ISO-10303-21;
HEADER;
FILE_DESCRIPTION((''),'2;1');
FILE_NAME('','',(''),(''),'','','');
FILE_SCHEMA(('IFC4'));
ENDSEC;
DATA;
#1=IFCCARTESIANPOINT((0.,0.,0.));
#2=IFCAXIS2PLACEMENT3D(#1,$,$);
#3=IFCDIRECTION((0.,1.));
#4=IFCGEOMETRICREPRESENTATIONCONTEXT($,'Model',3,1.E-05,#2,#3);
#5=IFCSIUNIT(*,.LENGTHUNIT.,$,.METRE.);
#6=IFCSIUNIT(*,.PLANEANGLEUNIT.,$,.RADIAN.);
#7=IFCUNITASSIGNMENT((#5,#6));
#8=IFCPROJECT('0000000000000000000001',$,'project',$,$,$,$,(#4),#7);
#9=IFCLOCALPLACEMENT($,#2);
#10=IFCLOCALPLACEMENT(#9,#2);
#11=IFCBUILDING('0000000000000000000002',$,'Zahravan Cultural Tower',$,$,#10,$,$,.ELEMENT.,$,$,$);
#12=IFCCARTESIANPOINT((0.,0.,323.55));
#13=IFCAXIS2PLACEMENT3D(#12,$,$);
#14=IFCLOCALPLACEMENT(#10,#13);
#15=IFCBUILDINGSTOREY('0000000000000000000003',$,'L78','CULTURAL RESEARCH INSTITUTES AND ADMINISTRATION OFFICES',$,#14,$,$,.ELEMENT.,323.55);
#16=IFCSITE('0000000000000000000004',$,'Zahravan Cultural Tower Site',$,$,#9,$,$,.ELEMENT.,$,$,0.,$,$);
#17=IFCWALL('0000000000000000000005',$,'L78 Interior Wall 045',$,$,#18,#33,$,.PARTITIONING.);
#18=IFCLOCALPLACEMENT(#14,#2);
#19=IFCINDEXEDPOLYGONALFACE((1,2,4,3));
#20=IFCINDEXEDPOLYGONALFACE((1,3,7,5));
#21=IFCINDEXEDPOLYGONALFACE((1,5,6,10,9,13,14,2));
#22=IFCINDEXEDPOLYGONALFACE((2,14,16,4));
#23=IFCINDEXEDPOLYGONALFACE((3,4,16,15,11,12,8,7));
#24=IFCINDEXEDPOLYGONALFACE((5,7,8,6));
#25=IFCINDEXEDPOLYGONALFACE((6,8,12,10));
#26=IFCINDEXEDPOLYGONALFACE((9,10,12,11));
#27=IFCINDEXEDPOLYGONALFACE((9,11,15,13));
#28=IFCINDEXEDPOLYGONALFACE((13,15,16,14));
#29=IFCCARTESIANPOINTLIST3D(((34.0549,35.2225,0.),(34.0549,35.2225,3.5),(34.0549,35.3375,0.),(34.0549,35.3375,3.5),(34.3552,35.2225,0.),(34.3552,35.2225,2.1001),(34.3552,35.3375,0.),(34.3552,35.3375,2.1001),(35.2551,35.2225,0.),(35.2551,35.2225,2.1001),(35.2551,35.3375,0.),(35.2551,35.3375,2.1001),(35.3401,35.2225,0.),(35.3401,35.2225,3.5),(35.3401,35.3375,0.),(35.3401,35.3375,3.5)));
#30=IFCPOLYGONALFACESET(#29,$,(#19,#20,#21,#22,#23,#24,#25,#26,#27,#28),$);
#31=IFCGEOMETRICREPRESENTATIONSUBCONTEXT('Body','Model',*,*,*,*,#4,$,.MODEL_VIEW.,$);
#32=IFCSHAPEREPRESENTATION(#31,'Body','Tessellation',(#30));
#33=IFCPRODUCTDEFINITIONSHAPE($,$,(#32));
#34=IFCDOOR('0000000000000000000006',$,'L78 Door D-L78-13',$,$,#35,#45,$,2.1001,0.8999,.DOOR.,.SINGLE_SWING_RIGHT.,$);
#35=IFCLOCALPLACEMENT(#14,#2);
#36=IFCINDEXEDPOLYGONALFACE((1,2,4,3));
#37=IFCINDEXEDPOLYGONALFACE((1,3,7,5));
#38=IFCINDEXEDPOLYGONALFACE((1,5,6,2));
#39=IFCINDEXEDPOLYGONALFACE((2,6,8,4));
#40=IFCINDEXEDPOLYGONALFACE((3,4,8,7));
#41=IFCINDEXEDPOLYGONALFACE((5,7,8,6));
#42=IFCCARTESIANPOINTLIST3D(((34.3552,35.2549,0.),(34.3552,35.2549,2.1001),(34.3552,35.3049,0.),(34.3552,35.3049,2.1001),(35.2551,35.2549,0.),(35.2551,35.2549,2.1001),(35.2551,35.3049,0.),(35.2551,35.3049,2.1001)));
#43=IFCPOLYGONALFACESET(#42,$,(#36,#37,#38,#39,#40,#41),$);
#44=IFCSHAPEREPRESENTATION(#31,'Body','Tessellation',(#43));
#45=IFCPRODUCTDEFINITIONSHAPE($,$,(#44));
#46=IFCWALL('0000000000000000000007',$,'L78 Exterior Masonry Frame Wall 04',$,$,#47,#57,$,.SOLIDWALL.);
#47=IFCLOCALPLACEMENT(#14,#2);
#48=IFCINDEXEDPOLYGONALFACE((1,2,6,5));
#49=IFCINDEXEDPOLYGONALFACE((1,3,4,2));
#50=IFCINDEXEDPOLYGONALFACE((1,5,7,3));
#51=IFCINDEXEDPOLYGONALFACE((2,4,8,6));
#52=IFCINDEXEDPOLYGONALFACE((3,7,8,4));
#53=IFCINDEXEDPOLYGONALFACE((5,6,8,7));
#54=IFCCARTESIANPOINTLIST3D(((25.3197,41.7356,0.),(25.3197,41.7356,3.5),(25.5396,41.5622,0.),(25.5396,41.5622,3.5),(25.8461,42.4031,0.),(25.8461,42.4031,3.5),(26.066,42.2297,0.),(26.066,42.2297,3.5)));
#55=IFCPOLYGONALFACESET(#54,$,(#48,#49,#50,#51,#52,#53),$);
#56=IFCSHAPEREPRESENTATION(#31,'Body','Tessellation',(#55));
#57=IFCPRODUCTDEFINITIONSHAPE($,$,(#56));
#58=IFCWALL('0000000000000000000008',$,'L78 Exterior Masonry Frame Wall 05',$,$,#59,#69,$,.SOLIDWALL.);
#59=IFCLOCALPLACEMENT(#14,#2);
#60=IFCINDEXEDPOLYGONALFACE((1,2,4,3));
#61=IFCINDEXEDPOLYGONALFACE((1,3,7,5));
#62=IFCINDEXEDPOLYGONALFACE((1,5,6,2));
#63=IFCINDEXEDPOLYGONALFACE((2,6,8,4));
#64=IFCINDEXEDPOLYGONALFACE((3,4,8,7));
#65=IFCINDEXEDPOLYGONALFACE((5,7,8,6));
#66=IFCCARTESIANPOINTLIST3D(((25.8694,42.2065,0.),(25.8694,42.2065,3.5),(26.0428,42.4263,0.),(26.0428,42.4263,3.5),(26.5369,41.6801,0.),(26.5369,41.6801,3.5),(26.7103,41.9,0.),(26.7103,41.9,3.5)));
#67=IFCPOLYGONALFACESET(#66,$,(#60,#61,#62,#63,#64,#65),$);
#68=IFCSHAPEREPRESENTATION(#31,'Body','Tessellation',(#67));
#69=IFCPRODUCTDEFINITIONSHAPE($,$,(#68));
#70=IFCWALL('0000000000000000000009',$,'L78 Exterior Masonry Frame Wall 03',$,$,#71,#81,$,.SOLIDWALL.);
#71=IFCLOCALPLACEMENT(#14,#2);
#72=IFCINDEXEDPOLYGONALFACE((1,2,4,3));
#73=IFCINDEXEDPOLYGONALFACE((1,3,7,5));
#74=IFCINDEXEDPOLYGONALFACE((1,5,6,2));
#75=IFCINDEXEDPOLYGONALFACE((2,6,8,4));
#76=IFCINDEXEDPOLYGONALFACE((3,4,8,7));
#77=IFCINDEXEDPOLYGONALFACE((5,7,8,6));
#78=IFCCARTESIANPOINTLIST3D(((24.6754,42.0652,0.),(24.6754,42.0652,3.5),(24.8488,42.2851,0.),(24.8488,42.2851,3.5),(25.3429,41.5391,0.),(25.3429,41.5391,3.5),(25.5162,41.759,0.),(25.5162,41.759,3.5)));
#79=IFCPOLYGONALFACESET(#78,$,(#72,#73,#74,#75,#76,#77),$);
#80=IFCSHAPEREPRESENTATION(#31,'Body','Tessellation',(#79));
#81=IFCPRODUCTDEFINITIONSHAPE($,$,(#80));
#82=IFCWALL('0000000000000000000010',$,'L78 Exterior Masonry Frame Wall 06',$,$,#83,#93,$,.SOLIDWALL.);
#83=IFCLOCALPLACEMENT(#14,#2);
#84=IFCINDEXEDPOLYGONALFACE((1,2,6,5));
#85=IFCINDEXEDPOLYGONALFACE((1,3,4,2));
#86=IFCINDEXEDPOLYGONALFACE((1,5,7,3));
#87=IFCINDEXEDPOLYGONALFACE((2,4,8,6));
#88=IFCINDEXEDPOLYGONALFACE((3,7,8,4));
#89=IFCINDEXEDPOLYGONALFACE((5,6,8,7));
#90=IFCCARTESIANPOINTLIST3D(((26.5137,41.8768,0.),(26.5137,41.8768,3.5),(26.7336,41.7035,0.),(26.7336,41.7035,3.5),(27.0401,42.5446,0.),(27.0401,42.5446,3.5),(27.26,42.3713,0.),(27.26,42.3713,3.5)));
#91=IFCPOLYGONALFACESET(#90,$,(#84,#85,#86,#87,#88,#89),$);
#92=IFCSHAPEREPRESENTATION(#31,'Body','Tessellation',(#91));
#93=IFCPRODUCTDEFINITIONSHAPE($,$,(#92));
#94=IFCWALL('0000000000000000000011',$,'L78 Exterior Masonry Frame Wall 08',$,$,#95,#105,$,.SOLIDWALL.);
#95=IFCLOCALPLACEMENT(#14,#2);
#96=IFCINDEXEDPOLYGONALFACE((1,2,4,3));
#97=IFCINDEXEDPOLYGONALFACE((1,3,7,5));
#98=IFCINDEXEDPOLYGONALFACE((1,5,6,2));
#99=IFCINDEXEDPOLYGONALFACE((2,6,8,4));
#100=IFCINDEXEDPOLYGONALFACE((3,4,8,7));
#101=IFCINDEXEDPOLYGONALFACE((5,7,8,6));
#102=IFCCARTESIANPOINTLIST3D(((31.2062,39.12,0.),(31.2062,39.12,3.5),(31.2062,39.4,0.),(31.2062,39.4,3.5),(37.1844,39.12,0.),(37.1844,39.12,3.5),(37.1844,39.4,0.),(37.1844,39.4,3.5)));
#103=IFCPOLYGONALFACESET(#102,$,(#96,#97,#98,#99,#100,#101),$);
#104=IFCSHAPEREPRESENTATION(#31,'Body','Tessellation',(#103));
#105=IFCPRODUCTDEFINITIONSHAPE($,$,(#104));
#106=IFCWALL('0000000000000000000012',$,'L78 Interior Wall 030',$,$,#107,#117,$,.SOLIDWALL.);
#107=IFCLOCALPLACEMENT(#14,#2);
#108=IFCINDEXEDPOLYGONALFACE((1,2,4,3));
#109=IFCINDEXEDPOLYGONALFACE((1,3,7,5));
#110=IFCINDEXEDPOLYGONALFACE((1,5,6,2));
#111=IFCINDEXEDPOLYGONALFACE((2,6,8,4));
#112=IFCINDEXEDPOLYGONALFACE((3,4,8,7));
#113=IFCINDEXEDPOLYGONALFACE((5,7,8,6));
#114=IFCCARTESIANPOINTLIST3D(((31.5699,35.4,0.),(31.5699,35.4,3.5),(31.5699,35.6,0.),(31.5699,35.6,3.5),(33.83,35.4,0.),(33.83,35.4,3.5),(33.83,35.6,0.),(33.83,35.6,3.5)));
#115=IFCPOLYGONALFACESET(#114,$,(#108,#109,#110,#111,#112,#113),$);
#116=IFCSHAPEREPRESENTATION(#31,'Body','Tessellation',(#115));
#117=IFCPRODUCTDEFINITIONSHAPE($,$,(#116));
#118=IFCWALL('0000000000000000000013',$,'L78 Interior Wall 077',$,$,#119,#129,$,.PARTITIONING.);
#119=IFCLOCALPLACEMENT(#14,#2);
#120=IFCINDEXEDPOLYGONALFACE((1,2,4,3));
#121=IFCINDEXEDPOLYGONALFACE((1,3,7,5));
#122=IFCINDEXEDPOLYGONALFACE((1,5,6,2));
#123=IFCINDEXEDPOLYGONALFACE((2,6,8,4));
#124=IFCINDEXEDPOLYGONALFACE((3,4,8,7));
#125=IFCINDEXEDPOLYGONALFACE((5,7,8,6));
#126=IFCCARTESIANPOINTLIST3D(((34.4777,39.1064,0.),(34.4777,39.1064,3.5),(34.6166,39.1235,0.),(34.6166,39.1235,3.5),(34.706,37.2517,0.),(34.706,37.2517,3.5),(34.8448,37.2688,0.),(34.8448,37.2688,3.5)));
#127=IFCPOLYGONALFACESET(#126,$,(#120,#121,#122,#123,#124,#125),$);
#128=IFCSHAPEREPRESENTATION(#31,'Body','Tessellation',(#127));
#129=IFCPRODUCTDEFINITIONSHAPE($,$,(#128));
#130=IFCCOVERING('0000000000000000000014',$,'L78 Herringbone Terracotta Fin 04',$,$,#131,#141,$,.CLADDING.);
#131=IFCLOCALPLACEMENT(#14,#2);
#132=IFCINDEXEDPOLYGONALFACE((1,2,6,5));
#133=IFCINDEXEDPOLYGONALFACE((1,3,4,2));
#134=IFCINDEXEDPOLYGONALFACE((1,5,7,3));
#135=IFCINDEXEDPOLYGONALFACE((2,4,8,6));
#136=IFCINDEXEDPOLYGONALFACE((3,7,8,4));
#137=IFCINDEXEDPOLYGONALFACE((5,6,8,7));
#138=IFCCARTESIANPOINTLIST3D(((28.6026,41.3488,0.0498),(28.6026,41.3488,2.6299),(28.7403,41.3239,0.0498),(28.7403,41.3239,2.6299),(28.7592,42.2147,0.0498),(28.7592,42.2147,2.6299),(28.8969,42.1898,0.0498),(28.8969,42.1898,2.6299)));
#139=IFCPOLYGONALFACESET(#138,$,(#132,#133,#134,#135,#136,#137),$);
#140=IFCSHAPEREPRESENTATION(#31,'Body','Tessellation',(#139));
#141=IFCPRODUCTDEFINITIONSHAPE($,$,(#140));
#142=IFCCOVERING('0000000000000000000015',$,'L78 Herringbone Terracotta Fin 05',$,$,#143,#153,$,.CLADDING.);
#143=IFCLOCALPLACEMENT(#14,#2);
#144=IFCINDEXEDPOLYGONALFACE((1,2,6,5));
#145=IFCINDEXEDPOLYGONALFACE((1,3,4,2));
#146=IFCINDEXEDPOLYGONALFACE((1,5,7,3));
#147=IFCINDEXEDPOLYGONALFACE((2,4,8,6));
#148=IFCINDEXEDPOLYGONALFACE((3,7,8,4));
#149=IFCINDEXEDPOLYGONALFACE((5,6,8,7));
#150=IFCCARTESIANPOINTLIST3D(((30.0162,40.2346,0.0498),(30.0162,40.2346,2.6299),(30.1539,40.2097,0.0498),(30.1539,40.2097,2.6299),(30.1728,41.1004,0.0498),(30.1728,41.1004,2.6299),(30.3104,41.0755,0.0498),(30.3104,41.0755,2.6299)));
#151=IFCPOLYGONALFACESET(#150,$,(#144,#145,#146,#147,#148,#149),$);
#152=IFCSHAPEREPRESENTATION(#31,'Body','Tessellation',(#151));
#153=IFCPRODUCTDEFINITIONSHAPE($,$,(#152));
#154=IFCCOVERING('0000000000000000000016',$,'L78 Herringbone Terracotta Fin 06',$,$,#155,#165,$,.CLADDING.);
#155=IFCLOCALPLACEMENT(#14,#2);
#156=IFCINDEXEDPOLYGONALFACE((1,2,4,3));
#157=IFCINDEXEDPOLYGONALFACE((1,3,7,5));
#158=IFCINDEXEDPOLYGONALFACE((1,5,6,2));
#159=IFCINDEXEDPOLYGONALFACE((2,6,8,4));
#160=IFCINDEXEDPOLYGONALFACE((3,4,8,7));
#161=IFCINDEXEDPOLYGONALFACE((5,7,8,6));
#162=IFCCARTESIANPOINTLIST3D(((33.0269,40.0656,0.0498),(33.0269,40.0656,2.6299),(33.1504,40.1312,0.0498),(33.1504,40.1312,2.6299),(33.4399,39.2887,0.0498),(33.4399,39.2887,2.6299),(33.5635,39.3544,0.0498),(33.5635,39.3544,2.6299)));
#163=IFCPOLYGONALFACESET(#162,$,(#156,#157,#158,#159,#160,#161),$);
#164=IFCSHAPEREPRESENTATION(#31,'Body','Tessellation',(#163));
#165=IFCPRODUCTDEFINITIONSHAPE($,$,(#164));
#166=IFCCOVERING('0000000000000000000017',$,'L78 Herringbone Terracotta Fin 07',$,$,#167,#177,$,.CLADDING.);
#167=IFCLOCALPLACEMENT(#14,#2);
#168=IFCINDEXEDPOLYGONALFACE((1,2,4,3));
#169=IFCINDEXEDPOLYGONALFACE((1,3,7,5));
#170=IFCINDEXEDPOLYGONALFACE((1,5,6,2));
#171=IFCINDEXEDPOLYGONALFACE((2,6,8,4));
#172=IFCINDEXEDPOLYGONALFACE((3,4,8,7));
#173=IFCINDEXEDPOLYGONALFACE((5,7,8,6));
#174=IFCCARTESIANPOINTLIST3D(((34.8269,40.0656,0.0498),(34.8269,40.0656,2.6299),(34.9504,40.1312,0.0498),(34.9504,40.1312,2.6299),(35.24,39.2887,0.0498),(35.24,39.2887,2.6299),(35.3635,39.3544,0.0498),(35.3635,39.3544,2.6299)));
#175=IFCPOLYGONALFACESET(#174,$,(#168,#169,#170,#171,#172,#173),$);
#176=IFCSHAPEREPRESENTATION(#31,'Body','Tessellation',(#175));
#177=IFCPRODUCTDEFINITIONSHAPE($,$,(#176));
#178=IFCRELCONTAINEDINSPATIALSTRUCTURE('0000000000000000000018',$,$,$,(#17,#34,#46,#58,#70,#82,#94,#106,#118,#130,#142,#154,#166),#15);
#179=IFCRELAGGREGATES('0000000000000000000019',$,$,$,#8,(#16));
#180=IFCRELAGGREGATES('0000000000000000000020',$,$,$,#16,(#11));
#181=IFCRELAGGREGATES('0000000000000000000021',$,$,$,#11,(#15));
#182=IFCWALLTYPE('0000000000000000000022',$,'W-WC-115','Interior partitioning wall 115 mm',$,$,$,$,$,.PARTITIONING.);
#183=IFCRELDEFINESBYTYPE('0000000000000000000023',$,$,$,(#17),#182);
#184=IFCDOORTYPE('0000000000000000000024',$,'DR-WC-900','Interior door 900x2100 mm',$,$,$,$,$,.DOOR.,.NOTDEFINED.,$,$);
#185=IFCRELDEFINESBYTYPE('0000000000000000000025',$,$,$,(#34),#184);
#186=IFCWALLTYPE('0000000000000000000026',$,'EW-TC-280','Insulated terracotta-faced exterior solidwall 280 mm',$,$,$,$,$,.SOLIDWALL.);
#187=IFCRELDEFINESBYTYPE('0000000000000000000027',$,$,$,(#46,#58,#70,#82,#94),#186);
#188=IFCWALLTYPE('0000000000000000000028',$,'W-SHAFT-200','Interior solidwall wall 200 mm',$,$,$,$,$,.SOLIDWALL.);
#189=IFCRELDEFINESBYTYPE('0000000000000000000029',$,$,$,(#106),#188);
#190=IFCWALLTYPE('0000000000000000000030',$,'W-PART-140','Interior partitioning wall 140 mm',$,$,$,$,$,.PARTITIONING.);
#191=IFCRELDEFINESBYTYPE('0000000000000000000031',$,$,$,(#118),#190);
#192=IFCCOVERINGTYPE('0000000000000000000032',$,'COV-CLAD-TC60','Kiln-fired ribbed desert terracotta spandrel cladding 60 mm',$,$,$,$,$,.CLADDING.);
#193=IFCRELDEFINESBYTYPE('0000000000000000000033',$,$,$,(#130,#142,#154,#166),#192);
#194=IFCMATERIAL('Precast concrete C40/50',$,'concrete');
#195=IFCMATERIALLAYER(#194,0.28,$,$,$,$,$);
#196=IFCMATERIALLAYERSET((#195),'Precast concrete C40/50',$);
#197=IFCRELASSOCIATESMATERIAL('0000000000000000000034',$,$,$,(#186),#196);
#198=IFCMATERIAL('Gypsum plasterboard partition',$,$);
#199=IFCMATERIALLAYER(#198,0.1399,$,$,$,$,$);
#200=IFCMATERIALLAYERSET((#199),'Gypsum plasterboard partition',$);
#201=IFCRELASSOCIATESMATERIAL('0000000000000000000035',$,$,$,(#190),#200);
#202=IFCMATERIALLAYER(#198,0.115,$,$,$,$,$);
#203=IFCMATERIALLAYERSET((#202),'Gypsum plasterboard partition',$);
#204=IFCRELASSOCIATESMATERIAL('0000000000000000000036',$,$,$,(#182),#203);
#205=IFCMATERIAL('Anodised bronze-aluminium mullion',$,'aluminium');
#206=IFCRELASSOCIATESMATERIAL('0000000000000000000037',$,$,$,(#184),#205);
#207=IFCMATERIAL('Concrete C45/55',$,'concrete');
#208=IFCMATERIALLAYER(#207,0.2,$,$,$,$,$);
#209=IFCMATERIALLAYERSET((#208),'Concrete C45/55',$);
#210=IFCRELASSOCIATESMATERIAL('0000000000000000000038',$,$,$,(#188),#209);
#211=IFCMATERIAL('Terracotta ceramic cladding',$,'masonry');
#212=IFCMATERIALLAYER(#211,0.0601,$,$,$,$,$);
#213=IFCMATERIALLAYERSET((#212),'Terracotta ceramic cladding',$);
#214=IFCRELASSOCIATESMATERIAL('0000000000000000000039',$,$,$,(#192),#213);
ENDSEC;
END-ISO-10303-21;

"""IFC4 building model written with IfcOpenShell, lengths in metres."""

from ifc_helpers import new_model, si_unit, direction, frame, frame_2d, origin, origin_2d, place, context, subcontext, project, spatial, rectangle, extrude, source, transform, mapped, material, layer, layer_set, type_object, element, fill, save


model = new_model("IFC4")

# Units and contexts
model_context = context("Model", 3, precision=1e-05, world=origin(), true_north=direction((0.0, 1.0)))
body_context = subcontext(model_context, "Body", "Model", "MODEL_VIEW")
ifc_project = project(units=[si_unit("LENGTHUNIT", "METRE"), si_unit("PLANEANGLEUNIT", "RADIAN")], contexts=[model_context])

# Site, building, storey
site_placement = place(None, origin())
site = spatial("IfcSite", under=ifc_project, at=site_placement, Name="Zahravan Cultural Tower Site", CompositionType="ELEMENT", RefElevation=0.0)
building_placement = place(site_placement, origin())
building = spatial("IfcBuilding", under=site, at=building_placement, Name="Zahravan Cultural Tower", CompositionType="ELEMENT")
storey_placement = place(building_placement, frame((0.0, 0.0, 323.55)))
storey = spatial("IfcBuildingStorey", under=building, at=storey_placement, Name="L78", Description="CULTURAL RESEARCH INSTITUTES AND ADMINISTRATION OFFICES", CompositionType="ELEMENT", Elevation=323.55)

# Shared definitions
ifc_material_1 = material(Name="Precast concrete C40/50", Category="concrete")
ifc_layer_1 = layer(ifc_material_1, 0.28)
ifc_layer_set_1 = layer_set([ifc_layer_1], Name="Precast concrete C40/50")
wall_type_1 = type_object("IfcWallType", Name="EW-TC-280", Description="Insulated terracotta-faced exterior solidwall 280 mm", PredefinedType="SOLIDWALL", material=ifc_layer_set_1)

# Wall, opening, door
ifc_material_2 = material(Name="Gypsum plasterboard partition")
ifc_layer_2 = layer(ifc_material_2, 0.1399)
ifc_layer_set_2 = layer_set([ifc_layer_2], Name="Gypsum plasterboard partition")
wall_type_2 = type_object("IfcWallType", Name="W-PART-140", Description="Interior partitioning wall 140 mm", PredefinedType="PARTITIONING", material=ifc_layer_set_2)
ifc_material_3 = material(Name="Anodised bronze-aluminium mullion", Category="aluminium")
ifc_layer_3 = layer(ifc_material_2, 0.115)
ifc_layer_set_3 = layer_set([ifc_layer_3], Name="Gypsum plasterboard partition")
wall_type_3 = type_object("IfcWallType", Name="W-WC-115", Description="Interior partitioning wall 115 mm", PredefinedType="PARTITIONING", material=ifc_layer_set_3)
wall_1_placement = place(storey_placement, frame((34.0549, 35.28, 0.0), z_axis=(0.0, 0.0, 1.0), x_axis=(1.0, 0.0, 0.0)))
wall_1 = element("IfcWall", 1, at=wall_1_placement, inside=storey, type_object=wall_type_3, Name="L78 Interior Wall 045", PredefinedType="PARTITIONING", context=body_context, shape_type="SweptSolid", body=[
    extrude(rectangle(XDim=1.2852, YDim=0.115, at=frame_2d((0.6426, 0.0))), origin(), (0.0, 0.0, 1.0), 3.5),
])
opening_1_placement = place(wall_1_placement, frame((0.3003, 0.0, 0.0)))
opening_1 = element("IfcOpeningElement", 2, at=opening_1_placement, cuts=wall_1, PredefinedType="OPENING", context=body_context, shape_type="SweptSolid", body=[
    extrude(rectangle(XDim=0.8999, YDim=2.1001, at=frame_2d((0.45, 1.05))), frame((0.0, 0.0674, 0.0), z_axis=(0.0, -1.0, 0.0), x_axis=(1.0, 0.0, 0.0)), (0.0, 0.0, 1.0), 0.135),
])
door_type_1 = type_object("IfcDoorType", Name="DR-WC-900", Description="Interior door 900x2100 mm", OperationType="NOTDEFINED", PredefinedType="DOOR", material=ifc_material_3)
shared_shape_1 = source(origin(), body_context, "Body", "SweptSolid", [
    extrude(rectangle(XDim=0.8999, YDim=2.1001, at=frame_2d((0.45, 1.05))), frame((0.0, 0.0249, 0.0), z_axis=(0.0, -1.0, 0.0), x_axis=(1.0, 0.0, 0.0)), (0.0, 0.0, 1.0), 0.05),
])
door_1_placement = place(opening_1_placement, origin())
door_1 = element("IfcDoor", 3, at=door_1_placement, inside=storey, type_object=door_type_1, Name="L78 Door D-L78-13", OperationType="SINGLE_SWING_RIGHT", OverallHeight=2.1001, OverallWidth=0.8999, PredefinedType="DOOR", context=body_context, shape_type="MappedRepresentation", body=[
    mapped(shared_shape_1, transform((0.0, 0.0, 0.0), x_axis=(1.0, 0.0, 0.0), y_axis=(0.0, 1.0, 0.0), z_axis=(0.0, 0.0, 1.0), scale=1.0)),
])
fill(opening_1, door_1)

# Walls
shared_shape_2 = source(origin(), body_context, "Body", "SweptSolid", [
    extrude(rectangle(XDim=0.8501, YDim=0.28, at=frame_2d((0.425, 0.0))), origin(), (0.0, 0.0, 1.0), 3.5),
])
for number, where, z_axis, x_axis, name in (
    (4, (25.4297, 41.6489, 0.0), (0.0, 0.0, 1.0), (0.619216, 0.785221, 0.0), "L78 Exterior Masonry Frame Wall 04"),
    (5, (25.9561, 42.3164, 0.0), (0.0, 0.0, 1.0), (0.785221, -0.619216, 0.0), "L78 Exterior Masonry Frame Wall 05"),
):
    element("IfcWall", number, at=place(storey_placement, frame(where, z_axis=z_axis, x_axis=x_axis)), inside=storey, type_object=wall_type_1, Name=name, PredefinedType="SOLIDWALL", context=body_context, shape_type="MappedRepresentation", body=[
        mapped(shared_shape_2, transform((0.0, 0.0, 0.0), x_axis=(1.0, 0.0, 0.0), y_axis=(0.0, 1.0, 0.0), z_axis=(0.0, 0.0, 1.0), scale=1.0)),
    ])
shared_shape_3 = source(origin(), body_context, "Body", "SweptSolid", [
    extrude(rectangle(XDim=0.8499, YDim=0.28, at=frame_2d((0.4248, 0.0))), origin(), (0.0, 0.0, 1.0), 3.5),
])
wall_2_placement = place(storey_placement, frame((24.7622, 42.175, 0.0), z_axis=(0.0, 0.0, 1.0), x_axis=(0.78536, -0.619039, 0.0)))
element("IfcWall", 6, at=wall_2_placement, inside=storey, type_object=wall_type_1, Name="L78 Exterior Masonry Frame Wall 03", PredefinedType="SOLIDWALL", context=body_context, shape_type="MappedRepresentation", body=[
    mapped(shared_shape_3, transform((0.0, 0.0, 0.0), x_axis=(1.0, 0.0, 0.0), y_axis=(0.0, 1.0, 0.0), z_axis=(0.0, 0.0, 1.0), scale=1.0)),
])
shared_shape_4 = source(origin(), body_context, "Body", "SweptSolid", [
    extrude(rectangle(XDim=0.8503, YDim=0.28, at=frame_2d((0.4253, 0.0))), origin(), (0.0, 0.0, 1.0), 3.5),
])
wall_3_placement = place(storey_placement, frame((26.6235, 41.79, 0.0), z_axis=(0.0, 0.0, 1.0), x_axis=(0.619076, 0.785331, 0.0)))
element("IfcWall", 7, at=wall_3_placement, inside=storey, type_object=wall_type_1, Name="L78 Exterior Masonry Frame Wall 06", PredefinedType="SOLIDWALL", context=body_context, shape_type="MappedRepresentation", body=[
    mapped(shared_shape_4, transform((0.0, 0.0, 0.0), x_axis=(1.0, 0.0, 0.0), y_axis=(0.0, 1.0, 0.0), z_axis=(0.0, 0.0, 1.0), scale=1.0)),
])
shared_shape_5 = source(origin(), body_context, "Body", "SweptSolid", [
    extrude(rectangle(XDim=5.9783, YDim=0.28, at=frame_2d((2.9893, 0.0))), origin(), (0.0, 0.0, 1.0), 3.5),
])
wall_4_placement = place(storey_placement, frame((31.2061, 39.26, 0.0), z_axis=(0.0, 0.0, 1.0), x_axis=(1.0, 0.0, 0.0)))
element("IfcWall", 8, at=wall_4_placement, inside=storey, type_object=wall_type_1, Name="L78 Exterior Masonry Frame Wall 08", PredefinedType="SOLIDWALL", context=body_context, shape_type="MappedRepresentation", body=[
    mapped(shared_shape_5, transform((0.0, 0.0, 0.0), x_axis=(1.0, 0.0, 0.0), y_axis=(0.0, 1.0, 0.0), z_axis=(0.0, 0.0, 1.0), scale=1.0)),
])
ifc_material_4 = material(Name="Concrete C45/55", Category="concrete")
ifc_layer_4 = layer(ifc_material_4, 0.2)
ifc_layer_set_4 = layer_set([ifc_layer_4], Name="Concrete C45/55")
wall_type_4 = type_object("IfcWallType", Name="W-SHAFT-200", Description="Interior solidwall wall 200 mm", PredefinedType="SOLIDWALL", material=ifc_layer_set_4)
shared_shape_6 = source(origin(), body_context, "Body", "SweptSolid", [
    extrude(rectangle(XDim=2.26, YDim=0.2, at=frame_2d((1.1299, 0.0))), origin(), (0.0, 0.0, 1.0), 3.5),
])
wall_5_placement = place(storey_placement, frame((31.5701, 35.5, 0.0), z_axis=(0.0, 0.0, 1.0), x_axis=(1.0, 0.0, 0.0)))
element("IfcWall", 9, at=wall_5_placement, inside=storey, type_object=wall_type_4, Name="L78 Interior Wall 030", PredefinedType="SOLIDWALL", context=body_context, shape_type="MappedRepresentation", body=[
    mapped(shared_shape_6, transform((0.0, 0.0, 0.0), x_axis=(1.0, 0.0, 0.0), y_axis=(0.0, 1.0, 0.0), z_axis=(0.0, 0.0, 1.0), scale=1.0)),
])
shared_shape_7 = source(origin(), body_context, "Body", "SweptSolid", [
    extrude(rectangle(XDim=1.8687, YDim=0.1399, at=frame_2d((0.9343, 0.0))), origin(), (0.0, 0.0, 1.0), 3.5),
])
wall_6_placement = place(storey_placement, frame((34.7754, 37.2603, 0.0), z_axis=(0.0, 0.0, 1.0), x_axis=(-0.122153, 0.992511, 0.0)))
element("IfcWall", 10, at=wall_6_placement, inside=storey, type_object=wall_type_2, Name="L78 Interior Wall 077", PredefinedType="PARTITIONING", context=body_context, shape_type="MappedRepresentation", body=[
    mapped(shared_shape_7, transform((0.0, 0.0, 0.0), x_axis=(1.0, 0.0, 0.0), y_axis=(0.0, 1.0, 0.0), z_axis=(0.0, 0.0, 1.0), scale=1.0)),
])

# Coverings
ifc_material_5 = material(Name="Terracotta ceramic cladding", Category="masonry")
ifc_layer_5 = layer(ifc_material_5, 0.0601)
ifc_layer_set_5 = layer_set([ifc_layer_5], Name="Terracotta ceramic cladding")
covering_type = type_object("IfcCoveringType", Name="COV-CLAD-TC60", Description="Kiln-fired ribbed desert terracotta spandrel cladding 60 mm", PredefinedType="CLADDING", material=ifc_layer_set_5)
shared_shape_8 = source(origin(), body_context, "Body", "SweptSolid", [
    extrude(rectangle(XDim=0.8799, YDim=0.1399, at=origin_2d()), origin(), (0.0, 0.0, 1.0), 2.5801),
])
for number, where, z_axis, x_axis, name in (
    (11, (28.7498, 41.7693, 0.0498), (0.0, 0.0, 1.0), (0.177944, 0.984041, 0.0), "L78 Herringbone Terracotta Fin 04"),
    (12, (30.1633, 40.655, 0.0498), (0.0, 0.0, 1.0), (0.177944, 0.984041, 0.0), "L78 Herringbone Terracotta Fin 05"),
    (13, (33.2952, 39.71, 0.0498), (0.0, 0.0, 1.0), (-0.469472, 0.882948, 0.0), "L78 Herringbone Terracotta Fin 06"),
    (14, (35.0952, 39.71, 0.0498), (0.0, 0.0, 1.0), (-0.469472, 0.882948, 0.0), "L78 Herringbone Terracotta Fin 07"),
):
    element("IfcCovering", number, at=place(storey_placement, frame(where, z_axis=z_axis, x_axis=x_axis)), inside=storey, type_object=covering_type, Name=name, PredefinedType="CLADDING", context=body_context, shape_type="MappedRepresentation", body=[
        mapped(shared_shape_8, transform((0.0, 0.0, 0.0), x_axis=(1.0, 0.0, 0.0), y_axis=(0.0, 1.0, 0.0), z_axis=(0.0, 0.0, 1.0), scale=1.0)),
    ])

save(model, "model.ifc")
